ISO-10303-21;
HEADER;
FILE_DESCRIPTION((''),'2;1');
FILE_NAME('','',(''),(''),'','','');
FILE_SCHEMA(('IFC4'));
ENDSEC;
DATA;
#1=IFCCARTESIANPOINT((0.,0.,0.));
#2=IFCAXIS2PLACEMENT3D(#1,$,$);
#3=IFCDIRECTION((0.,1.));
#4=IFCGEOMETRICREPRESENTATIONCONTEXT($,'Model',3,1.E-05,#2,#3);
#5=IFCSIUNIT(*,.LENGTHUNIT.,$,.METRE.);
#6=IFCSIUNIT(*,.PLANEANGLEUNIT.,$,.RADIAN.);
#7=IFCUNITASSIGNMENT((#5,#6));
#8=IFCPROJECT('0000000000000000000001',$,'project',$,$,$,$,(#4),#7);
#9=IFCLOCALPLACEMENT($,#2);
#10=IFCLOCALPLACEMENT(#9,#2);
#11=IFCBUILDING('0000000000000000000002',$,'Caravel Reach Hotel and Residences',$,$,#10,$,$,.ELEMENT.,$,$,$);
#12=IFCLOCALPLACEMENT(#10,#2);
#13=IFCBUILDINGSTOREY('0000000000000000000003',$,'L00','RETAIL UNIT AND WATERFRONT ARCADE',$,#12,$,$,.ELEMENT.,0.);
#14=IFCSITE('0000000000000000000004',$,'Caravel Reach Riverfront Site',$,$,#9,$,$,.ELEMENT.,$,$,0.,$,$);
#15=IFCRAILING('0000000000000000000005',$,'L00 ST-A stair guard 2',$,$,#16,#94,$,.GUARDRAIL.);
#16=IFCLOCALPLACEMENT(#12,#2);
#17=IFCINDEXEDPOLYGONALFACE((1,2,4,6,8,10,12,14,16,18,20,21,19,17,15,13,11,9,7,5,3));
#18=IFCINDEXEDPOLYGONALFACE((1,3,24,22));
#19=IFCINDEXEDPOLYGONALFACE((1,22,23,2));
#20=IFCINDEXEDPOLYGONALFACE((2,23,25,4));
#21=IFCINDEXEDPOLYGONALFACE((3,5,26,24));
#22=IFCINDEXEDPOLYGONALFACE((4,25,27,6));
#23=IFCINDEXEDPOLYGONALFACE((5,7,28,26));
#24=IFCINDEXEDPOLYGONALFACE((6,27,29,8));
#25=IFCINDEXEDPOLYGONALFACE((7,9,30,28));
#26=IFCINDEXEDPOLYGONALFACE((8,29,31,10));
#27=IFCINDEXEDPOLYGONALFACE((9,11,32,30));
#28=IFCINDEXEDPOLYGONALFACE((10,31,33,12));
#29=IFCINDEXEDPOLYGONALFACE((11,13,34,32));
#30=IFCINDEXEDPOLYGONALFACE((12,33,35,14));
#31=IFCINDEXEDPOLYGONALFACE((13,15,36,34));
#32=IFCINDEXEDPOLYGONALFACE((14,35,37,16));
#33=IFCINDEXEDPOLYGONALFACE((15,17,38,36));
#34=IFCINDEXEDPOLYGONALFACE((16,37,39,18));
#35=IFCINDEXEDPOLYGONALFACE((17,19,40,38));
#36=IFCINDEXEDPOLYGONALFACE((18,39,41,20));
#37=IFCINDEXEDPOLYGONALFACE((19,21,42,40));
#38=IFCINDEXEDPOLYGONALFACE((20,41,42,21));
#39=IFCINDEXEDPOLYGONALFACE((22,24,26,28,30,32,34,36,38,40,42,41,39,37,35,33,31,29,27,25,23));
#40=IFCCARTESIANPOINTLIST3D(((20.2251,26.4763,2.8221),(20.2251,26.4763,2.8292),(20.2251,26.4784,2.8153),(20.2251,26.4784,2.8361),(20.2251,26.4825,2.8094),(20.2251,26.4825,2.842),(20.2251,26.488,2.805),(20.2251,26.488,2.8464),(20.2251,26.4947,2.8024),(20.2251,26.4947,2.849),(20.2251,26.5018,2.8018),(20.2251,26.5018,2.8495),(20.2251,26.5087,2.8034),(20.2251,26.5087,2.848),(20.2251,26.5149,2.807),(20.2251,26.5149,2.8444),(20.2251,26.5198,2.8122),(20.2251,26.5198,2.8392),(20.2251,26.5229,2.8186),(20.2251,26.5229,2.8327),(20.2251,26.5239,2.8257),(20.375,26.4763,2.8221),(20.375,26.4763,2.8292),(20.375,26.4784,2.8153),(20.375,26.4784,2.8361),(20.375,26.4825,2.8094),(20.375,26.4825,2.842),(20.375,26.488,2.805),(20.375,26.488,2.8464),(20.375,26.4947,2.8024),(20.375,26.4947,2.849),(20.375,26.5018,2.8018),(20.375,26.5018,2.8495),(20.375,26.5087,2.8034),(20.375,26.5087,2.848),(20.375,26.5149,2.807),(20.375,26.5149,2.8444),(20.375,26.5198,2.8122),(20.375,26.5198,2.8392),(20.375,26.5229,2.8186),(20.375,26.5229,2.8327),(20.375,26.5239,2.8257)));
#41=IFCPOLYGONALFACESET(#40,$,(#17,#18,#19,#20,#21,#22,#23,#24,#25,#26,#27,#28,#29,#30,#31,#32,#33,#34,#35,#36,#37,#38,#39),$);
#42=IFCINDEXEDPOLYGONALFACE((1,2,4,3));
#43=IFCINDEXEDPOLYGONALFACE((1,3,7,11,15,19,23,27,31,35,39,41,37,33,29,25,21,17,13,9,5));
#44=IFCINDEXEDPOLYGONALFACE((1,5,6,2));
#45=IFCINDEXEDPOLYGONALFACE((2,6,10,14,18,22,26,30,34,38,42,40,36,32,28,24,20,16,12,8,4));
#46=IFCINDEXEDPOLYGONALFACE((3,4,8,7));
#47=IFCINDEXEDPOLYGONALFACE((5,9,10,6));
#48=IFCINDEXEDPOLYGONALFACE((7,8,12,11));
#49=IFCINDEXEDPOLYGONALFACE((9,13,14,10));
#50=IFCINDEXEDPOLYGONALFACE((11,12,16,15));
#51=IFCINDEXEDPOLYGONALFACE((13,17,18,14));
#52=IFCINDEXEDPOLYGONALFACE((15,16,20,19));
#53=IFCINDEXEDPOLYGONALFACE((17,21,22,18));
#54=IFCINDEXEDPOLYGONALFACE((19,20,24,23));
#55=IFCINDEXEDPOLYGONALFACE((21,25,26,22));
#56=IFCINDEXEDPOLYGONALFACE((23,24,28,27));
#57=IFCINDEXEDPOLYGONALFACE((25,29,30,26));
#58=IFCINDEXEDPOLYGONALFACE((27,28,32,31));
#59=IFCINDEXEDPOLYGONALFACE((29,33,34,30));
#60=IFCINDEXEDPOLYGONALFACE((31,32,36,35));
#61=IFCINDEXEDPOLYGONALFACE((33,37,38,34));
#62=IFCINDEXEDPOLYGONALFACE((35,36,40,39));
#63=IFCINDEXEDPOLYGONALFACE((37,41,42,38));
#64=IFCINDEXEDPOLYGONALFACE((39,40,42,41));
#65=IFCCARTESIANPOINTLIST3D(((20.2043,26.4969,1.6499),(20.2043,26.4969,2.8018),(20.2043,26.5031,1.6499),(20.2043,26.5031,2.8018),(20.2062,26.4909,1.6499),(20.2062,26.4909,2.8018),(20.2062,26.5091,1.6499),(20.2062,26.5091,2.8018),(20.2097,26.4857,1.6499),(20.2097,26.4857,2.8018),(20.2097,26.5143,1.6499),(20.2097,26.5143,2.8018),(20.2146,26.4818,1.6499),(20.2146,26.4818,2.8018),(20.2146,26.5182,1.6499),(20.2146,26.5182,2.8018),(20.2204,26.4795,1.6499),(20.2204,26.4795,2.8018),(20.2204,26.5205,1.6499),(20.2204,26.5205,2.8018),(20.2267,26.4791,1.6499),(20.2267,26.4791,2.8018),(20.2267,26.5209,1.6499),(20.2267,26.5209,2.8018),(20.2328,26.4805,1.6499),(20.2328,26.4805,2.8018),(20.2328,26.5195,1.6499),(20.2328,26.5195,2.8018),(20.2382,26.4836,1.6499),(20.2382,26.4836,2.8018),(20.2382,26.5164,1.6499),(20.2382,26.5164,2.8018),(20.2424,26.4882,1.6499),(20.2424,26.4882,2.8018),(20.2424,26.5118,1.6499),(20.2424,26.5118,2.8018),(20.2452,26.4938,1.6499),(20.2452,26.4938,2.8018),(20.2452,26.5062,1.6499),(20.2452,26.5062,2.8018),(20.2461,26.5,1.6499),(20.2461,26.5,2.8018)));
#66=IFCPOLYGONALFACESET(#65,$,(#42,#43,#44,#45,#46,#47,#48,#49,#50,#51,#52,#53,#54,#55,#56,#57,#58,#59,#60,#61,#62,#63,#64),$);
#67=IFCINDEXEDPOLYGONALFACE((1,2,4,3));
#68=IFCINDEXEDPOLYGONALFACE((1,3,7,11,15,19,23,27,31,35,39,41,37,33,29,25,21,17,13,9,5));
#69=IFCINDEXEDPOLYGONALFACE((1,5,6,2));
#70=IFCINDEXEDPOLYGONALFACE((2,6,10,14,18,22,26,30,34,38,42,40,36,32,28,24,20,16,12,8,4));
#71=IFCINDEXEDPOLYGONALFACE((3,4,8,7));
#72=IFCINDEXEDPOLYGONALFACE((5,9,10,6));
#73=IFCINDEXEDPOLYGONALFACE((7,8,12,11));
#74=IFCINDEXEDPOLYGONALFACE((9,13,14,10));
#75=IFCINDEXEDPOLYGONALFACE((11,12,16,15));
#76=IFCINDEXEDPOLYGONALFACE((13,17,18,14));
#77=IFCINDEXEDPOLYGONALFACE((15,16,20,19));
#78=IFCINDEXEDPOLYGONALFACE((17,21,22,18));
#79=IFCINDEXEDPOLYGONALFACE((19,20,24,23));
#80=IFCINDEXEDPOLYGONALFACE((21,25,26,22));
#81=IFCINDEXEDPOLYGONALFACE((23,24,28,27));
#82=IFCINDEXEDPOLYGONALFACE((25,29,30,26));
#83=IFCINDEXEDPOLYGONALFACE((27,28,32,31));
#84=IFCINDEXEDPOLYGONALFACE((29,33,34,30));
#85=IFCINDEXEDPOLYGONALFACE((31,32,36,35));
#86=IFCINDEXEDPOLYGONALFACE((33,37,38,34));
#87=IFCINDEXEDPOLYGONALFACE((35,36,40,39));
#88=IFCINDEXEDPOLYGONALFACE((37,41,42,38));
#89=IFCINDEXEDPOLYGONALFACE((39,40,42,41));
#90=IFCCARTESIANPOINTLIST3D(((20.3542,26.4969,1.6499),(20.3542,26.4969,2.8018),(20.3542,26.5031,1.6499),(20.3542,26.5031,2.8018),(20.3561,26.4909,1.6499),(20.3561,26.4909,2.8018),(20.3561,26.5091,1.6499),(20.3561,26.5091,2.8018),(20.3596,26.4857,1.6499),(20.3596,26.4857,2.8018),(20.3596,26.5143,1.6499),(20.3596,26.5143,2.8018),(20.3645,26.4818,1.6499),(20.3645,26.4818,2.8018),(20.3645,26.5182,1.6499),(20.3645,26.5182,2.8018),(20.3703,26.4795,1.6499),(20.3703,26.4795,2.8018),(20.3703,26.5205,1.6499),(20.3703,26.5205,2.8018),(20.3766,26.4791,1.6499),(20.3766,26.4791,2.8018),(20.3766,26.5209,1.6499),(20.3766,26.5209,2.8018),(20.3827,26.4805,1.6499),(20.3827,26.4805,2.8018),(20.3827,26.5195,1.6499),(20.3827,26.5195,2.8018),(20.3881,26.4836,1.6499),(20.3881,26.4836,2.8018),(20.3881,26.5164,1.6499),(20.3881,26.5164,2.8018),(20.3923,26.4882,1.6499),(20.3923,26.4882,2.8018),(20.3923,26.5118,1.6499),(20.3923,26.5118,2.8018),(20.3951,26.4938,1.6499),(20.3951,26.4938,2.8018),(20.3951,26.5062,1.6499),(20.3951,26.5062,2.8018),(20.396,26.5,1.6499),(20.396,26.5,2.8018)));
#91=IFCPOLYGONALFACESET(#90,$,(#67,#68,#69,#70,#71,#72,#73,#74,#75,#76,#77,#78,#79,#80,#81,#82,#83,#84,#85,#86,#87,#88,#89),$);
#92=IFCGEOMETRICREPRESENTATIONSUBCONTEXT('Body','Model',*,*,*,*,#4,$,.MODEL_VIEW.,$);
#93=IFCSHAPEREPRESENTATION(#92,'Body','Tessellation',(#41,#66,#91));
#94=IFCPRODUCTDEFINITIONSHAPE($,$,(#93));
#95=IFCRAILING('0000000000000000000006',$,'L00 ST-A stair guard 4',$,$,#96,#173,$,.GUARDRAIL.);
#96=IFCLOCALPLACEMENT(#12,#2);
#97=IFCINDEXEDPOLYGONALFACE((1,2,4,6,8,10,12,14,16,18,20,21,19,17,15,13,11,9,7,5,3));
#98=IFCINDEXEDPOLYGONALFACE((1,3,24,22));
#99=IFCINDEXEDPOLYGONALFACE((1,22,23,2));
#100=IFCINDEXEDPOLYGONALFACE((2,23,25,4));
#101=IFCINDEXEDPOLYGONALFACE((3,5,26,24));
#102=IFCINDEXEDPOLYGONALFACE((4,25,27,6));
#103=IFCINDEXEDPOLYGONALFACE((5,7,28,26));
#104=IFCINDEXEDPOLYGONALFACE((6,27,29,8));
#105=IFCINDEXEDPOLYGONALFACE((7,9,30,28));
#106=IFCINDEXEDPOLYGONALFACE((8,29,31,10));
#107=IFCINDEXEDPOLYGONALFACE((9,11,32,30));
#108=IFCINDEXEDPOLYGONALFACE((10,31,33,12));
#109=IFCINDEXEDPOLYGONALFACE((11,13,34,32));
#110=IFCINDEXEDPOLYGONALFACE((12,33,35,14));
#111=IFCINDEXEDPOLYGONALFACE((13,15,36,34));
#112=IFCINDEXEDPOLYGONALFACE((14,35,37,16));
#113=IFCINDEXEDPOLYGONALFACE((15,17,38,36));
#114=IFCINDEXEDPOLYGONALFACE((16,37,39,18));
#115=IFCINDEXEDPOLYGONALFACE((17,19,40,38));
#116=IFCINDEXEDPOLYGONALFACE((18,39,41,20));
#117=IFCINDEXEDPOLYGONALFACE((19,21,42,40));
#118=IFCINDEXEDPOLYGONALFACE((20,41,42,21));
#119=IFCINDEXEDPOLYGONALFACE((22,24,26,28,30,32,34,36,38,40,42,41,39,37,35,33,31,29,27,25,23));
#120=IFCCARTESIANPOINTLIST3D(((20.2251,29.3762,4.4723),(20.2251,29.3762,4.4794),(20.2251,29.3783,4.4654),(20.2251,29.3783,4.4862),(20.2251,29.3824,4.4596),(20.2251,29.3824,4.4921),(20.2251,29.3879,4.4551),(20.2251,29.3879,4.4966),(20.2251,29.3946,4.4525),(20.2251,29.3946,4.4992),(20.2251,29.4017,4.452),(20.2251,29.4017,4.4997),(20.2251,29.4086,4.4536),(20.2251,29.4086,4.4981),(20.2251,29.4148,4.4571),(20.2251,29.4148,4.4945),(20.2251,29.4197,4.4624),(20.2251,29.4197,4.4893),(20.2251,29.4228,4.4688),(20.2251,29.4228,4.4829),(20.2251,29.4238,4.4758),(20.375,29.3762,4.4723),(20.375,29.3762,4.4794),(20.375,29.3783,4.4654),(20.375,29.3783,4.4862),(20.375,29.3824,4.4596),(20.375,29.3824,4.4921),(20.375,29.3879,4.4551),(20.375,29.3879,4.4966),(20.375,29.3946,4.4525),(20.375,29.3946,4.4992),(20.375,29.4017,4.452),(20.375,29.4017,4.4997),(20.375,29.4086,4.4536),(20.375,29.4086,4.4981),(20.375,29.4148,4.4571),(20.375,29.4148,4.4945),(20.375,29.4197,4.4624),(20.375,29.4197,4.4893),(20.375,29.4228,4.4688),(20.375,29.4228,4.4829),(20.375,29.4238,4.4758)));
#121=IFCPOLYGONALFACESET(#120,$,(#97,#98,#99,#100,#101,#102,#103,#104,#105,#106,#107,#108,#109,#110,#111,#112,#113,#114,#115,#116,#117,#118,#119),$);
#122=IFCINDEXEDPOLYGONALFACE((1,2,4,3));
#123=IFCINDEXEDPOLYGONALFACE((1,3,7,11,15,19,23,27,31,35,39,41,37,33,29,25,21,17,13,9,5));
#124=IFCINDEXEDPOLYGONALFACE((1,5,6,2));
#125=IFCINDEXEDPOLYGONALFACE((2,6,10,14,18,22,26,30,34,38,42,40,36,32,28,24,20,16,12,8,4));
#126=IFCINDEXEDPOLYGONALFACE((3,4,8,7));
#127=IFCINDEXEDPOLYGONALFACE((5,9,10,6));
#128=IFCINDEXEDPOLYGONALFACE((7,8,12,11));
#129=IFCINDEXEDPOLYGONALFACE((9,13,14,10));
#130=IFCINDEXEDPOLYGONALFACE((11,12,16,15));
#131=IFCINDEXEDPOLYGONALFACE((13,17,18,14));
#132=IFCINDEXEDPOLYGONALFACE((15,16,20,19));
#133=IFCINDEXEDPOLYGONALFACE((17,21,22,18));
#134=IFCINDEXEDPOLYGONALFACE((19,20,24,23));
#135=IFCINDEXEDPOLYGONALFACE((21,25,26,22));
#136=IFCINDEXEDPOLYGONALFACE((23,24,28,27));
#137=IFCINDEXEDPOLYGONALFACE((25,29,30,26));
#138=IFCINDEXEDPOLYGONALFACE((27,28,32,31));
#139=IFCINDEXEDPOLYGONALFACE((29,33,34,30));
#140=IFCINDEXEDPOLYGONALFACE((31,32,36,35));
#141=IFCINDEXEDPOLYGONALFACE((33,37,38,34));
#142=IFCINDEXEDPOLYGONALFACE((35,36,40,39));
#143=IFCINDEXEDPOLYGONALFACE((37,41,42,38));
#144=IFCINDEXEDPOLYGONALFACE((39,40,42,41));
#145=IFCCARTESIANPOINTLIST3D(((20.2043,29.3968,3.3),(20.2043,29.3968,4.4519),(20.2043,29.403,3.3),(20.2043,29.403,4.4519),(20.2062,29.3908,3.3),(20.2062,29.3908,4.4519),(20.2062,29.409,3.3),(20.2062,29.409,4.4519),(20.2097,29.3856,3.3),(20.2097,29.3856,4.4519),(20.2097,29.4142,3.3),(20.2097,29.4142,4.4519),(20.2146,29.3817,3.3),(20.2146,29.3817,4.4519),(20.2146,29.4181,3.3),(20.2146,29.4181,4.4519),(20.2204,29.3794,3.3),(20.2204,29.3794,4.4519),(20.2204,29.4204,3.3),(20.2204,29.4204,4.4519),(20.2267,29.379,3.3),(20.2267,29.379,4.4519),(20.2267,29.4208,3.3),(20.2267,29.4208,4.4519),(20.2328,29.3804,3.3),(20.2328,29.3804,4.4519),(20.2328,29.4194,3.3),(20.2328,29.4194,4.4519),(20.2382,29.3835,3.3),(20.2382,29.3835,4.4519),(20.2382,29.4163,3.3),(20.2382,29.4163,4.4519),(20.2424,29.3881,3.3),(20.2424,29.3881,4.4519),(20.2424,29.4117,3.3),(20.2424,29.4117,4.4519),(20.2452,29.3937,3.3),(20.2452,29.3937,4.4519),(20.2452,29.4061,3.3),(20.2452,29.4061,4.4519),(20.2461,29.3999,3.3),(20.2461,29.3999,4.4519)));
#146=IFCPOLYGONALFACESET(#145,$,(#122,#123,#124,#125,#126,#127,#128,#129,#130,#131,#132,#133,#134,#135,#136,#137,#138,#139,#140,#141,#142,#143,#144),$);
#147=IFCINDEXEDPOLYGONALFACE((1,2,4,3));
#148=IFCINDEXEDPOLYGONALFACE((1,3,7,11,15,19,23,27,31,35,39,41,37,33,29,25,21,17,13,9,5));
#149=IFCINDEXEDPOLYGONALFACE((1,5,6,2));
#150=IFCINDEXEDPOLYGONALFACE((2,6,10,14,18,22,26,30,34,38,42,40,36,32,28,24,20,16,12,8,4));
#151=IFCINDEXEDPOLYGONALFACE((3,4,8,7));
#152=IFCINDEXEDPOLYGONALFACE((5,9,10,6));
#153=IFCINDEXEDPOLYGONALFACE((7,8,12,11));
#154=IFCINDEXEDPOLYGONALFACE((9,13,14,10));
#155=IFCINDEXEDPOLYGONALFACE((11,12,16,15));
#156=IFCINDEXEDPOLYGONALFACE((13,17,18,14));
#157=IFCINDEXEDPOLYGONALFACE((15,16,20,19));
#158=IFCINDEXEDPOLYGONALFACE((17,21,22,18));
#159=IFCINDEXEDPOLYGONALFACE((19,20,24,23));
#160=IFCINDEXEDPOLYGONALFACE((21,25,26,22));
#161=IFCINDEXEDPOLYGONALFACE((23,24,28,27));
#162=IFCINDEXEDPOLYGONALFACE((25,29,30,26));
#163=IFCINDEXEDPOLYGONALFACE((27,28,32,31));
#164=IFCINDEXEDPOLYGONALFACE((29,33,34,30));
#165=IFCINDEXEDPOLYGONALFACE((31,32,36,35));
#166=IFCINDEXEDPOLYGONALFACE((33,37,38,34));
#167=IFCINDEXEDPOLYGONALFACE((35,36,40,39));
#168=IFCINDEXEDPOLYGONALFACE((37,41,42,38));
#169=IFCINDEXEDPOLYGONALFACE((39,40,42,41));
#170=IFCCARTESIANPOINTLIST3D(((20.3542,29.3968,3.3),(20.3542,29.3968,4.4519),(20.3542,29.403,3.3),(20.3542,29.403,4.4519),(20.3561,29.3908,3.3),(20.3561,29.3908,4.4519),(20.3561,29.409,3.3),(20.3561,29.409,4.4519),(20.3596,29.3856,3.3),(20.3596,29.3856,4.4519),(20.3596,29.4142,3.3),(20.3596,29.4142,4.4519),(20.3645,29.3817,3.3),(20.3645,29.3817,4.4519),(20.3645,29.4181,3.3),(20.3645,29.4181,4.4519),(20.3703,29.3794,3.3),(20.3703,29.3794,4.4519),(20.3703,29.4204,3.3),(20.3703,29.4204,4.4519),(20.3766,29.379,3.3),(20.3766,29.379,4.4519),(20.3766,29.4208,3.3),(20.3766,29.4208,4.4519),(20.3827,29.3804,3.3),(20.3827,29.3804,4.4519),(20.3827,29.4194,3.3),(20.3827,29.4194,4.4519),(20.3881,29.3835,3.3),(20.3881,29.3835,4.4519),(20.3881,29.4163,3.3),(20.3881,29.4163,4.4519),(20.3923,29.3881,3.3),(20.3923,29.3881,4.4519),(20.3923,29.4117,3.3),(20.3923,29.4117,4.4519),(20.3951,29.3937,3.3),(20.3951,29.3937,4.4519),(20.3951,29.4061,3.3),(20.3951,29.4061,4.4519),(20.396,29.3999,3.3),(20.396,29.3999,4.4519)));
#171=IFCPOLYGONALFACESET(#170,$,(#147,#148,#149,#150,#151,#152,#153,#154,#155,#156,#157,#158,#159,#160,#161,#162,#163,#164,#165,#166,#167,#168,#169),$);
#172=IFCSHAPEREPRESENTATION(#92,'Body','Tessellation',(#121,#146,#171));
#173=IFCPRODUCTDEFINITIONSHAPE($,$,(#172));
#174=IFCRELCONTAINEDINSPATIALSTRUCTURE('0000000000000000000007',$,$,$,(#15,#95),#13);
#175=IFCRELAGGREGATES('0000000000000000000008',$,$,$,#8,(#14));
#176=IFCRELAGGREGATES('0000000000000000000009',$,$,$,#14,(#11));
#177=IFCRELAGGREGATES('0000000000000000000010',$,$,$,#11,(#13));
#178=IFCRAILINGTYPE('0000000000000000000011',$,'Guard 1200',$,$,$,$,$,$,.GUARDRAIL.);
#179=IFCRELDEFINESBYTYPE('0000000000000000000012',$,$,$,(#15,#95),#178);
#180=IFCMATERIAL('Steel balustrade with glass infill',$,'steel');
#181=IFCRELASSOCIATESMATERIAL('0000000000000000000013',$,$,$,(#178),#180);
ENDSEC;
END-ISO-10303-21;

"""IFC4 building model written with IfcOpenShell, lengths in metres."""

from ifc_helpers import new_model, si_unit, direction, frame, origin, origin_2d, place, context, subcontext, project, spatial, circle, extrude, material, type_object, element, save


model = new_model("IFC4")

# Units and contexts
model_context = context("Model", 3, precision=1e-05, world=origin(), true_north=direction((0.0, 1.0)))
body_context = subcontext(model_context, "Body", "Model", "MODEL_VIEW")
ifc_project = project(units=[si_unit("LENGTHUNIT", "METRE"), si_unit("PLANEANGLEUNIT", "RADIAN")], contexts=[model_context])

# Site, building, storey
site_placement = place(None, origin())
site = spatial("IfcSite", under=ifc_project, at=site_placement, Name="Caravel Reach Riverfront Site", CompositionType="ELEMENT", RefElevation=0.0)
building_placement = place(site_placement, origin())
building = spatial("IfcBuilding", under=site, at=building_placement, Name="Caravel Reach Hotel and Residences", CompositionType="ELEMENT")
storey_placement = place(building_placement, origin())
storey = spatial("IfcBuildingStorey", under=building, at=storey_placement, Name="L00", Description="RETAIL UNIT AND WATERFRONT ARCADE", CompositionType="ELEMENT", Elevation=0.0)

# Railings
ifc_material_1 = material(Name="Steel balustrade with glass infill", Category="steel")
railing_type_1 = type_object("IfcRailingType", Name="Guard 1200", PredefinedType="GUARDRAIL", material=ifc_material_1)
for number, where, name in (
    (1, (20.2251, 26.5, 1.6499), "L00 ST-A stair guard 2"),
    (2, (20.2251, 29.3999, 3.3), "L00 ST-A stair guard 4"),
):
    element("IfcRailing", number, at=place(storey_placement, frame(where)), inside=storey, type_object=railing_type_1, Name=name, PredefinedType="GUARDRAIL", context=body_context, shape_type="SweptSolid", body=[
        extrude(circle(Radius=0.0239, at=origin_2d()), frame((0.0, 0.0, 1.1758), z_axis=(1.0, 0.0, 0.0), x_axis=(0.0, 1.0, 0.0)), (0.0, 0.0, 1.0), 0.1499),
        extrude(circle(Radius=0.021, at=origin_2d()), origin(), (0.0, 0.0, 1.0), 1.1519),
        extrude(circle(Radius=0.021, at=origin_2d()), frame((0.1499, 0.0, 0.0)), (0.0, 0.0, 1.0), 1.1519),
    ])

save(model, "model.ifc")
